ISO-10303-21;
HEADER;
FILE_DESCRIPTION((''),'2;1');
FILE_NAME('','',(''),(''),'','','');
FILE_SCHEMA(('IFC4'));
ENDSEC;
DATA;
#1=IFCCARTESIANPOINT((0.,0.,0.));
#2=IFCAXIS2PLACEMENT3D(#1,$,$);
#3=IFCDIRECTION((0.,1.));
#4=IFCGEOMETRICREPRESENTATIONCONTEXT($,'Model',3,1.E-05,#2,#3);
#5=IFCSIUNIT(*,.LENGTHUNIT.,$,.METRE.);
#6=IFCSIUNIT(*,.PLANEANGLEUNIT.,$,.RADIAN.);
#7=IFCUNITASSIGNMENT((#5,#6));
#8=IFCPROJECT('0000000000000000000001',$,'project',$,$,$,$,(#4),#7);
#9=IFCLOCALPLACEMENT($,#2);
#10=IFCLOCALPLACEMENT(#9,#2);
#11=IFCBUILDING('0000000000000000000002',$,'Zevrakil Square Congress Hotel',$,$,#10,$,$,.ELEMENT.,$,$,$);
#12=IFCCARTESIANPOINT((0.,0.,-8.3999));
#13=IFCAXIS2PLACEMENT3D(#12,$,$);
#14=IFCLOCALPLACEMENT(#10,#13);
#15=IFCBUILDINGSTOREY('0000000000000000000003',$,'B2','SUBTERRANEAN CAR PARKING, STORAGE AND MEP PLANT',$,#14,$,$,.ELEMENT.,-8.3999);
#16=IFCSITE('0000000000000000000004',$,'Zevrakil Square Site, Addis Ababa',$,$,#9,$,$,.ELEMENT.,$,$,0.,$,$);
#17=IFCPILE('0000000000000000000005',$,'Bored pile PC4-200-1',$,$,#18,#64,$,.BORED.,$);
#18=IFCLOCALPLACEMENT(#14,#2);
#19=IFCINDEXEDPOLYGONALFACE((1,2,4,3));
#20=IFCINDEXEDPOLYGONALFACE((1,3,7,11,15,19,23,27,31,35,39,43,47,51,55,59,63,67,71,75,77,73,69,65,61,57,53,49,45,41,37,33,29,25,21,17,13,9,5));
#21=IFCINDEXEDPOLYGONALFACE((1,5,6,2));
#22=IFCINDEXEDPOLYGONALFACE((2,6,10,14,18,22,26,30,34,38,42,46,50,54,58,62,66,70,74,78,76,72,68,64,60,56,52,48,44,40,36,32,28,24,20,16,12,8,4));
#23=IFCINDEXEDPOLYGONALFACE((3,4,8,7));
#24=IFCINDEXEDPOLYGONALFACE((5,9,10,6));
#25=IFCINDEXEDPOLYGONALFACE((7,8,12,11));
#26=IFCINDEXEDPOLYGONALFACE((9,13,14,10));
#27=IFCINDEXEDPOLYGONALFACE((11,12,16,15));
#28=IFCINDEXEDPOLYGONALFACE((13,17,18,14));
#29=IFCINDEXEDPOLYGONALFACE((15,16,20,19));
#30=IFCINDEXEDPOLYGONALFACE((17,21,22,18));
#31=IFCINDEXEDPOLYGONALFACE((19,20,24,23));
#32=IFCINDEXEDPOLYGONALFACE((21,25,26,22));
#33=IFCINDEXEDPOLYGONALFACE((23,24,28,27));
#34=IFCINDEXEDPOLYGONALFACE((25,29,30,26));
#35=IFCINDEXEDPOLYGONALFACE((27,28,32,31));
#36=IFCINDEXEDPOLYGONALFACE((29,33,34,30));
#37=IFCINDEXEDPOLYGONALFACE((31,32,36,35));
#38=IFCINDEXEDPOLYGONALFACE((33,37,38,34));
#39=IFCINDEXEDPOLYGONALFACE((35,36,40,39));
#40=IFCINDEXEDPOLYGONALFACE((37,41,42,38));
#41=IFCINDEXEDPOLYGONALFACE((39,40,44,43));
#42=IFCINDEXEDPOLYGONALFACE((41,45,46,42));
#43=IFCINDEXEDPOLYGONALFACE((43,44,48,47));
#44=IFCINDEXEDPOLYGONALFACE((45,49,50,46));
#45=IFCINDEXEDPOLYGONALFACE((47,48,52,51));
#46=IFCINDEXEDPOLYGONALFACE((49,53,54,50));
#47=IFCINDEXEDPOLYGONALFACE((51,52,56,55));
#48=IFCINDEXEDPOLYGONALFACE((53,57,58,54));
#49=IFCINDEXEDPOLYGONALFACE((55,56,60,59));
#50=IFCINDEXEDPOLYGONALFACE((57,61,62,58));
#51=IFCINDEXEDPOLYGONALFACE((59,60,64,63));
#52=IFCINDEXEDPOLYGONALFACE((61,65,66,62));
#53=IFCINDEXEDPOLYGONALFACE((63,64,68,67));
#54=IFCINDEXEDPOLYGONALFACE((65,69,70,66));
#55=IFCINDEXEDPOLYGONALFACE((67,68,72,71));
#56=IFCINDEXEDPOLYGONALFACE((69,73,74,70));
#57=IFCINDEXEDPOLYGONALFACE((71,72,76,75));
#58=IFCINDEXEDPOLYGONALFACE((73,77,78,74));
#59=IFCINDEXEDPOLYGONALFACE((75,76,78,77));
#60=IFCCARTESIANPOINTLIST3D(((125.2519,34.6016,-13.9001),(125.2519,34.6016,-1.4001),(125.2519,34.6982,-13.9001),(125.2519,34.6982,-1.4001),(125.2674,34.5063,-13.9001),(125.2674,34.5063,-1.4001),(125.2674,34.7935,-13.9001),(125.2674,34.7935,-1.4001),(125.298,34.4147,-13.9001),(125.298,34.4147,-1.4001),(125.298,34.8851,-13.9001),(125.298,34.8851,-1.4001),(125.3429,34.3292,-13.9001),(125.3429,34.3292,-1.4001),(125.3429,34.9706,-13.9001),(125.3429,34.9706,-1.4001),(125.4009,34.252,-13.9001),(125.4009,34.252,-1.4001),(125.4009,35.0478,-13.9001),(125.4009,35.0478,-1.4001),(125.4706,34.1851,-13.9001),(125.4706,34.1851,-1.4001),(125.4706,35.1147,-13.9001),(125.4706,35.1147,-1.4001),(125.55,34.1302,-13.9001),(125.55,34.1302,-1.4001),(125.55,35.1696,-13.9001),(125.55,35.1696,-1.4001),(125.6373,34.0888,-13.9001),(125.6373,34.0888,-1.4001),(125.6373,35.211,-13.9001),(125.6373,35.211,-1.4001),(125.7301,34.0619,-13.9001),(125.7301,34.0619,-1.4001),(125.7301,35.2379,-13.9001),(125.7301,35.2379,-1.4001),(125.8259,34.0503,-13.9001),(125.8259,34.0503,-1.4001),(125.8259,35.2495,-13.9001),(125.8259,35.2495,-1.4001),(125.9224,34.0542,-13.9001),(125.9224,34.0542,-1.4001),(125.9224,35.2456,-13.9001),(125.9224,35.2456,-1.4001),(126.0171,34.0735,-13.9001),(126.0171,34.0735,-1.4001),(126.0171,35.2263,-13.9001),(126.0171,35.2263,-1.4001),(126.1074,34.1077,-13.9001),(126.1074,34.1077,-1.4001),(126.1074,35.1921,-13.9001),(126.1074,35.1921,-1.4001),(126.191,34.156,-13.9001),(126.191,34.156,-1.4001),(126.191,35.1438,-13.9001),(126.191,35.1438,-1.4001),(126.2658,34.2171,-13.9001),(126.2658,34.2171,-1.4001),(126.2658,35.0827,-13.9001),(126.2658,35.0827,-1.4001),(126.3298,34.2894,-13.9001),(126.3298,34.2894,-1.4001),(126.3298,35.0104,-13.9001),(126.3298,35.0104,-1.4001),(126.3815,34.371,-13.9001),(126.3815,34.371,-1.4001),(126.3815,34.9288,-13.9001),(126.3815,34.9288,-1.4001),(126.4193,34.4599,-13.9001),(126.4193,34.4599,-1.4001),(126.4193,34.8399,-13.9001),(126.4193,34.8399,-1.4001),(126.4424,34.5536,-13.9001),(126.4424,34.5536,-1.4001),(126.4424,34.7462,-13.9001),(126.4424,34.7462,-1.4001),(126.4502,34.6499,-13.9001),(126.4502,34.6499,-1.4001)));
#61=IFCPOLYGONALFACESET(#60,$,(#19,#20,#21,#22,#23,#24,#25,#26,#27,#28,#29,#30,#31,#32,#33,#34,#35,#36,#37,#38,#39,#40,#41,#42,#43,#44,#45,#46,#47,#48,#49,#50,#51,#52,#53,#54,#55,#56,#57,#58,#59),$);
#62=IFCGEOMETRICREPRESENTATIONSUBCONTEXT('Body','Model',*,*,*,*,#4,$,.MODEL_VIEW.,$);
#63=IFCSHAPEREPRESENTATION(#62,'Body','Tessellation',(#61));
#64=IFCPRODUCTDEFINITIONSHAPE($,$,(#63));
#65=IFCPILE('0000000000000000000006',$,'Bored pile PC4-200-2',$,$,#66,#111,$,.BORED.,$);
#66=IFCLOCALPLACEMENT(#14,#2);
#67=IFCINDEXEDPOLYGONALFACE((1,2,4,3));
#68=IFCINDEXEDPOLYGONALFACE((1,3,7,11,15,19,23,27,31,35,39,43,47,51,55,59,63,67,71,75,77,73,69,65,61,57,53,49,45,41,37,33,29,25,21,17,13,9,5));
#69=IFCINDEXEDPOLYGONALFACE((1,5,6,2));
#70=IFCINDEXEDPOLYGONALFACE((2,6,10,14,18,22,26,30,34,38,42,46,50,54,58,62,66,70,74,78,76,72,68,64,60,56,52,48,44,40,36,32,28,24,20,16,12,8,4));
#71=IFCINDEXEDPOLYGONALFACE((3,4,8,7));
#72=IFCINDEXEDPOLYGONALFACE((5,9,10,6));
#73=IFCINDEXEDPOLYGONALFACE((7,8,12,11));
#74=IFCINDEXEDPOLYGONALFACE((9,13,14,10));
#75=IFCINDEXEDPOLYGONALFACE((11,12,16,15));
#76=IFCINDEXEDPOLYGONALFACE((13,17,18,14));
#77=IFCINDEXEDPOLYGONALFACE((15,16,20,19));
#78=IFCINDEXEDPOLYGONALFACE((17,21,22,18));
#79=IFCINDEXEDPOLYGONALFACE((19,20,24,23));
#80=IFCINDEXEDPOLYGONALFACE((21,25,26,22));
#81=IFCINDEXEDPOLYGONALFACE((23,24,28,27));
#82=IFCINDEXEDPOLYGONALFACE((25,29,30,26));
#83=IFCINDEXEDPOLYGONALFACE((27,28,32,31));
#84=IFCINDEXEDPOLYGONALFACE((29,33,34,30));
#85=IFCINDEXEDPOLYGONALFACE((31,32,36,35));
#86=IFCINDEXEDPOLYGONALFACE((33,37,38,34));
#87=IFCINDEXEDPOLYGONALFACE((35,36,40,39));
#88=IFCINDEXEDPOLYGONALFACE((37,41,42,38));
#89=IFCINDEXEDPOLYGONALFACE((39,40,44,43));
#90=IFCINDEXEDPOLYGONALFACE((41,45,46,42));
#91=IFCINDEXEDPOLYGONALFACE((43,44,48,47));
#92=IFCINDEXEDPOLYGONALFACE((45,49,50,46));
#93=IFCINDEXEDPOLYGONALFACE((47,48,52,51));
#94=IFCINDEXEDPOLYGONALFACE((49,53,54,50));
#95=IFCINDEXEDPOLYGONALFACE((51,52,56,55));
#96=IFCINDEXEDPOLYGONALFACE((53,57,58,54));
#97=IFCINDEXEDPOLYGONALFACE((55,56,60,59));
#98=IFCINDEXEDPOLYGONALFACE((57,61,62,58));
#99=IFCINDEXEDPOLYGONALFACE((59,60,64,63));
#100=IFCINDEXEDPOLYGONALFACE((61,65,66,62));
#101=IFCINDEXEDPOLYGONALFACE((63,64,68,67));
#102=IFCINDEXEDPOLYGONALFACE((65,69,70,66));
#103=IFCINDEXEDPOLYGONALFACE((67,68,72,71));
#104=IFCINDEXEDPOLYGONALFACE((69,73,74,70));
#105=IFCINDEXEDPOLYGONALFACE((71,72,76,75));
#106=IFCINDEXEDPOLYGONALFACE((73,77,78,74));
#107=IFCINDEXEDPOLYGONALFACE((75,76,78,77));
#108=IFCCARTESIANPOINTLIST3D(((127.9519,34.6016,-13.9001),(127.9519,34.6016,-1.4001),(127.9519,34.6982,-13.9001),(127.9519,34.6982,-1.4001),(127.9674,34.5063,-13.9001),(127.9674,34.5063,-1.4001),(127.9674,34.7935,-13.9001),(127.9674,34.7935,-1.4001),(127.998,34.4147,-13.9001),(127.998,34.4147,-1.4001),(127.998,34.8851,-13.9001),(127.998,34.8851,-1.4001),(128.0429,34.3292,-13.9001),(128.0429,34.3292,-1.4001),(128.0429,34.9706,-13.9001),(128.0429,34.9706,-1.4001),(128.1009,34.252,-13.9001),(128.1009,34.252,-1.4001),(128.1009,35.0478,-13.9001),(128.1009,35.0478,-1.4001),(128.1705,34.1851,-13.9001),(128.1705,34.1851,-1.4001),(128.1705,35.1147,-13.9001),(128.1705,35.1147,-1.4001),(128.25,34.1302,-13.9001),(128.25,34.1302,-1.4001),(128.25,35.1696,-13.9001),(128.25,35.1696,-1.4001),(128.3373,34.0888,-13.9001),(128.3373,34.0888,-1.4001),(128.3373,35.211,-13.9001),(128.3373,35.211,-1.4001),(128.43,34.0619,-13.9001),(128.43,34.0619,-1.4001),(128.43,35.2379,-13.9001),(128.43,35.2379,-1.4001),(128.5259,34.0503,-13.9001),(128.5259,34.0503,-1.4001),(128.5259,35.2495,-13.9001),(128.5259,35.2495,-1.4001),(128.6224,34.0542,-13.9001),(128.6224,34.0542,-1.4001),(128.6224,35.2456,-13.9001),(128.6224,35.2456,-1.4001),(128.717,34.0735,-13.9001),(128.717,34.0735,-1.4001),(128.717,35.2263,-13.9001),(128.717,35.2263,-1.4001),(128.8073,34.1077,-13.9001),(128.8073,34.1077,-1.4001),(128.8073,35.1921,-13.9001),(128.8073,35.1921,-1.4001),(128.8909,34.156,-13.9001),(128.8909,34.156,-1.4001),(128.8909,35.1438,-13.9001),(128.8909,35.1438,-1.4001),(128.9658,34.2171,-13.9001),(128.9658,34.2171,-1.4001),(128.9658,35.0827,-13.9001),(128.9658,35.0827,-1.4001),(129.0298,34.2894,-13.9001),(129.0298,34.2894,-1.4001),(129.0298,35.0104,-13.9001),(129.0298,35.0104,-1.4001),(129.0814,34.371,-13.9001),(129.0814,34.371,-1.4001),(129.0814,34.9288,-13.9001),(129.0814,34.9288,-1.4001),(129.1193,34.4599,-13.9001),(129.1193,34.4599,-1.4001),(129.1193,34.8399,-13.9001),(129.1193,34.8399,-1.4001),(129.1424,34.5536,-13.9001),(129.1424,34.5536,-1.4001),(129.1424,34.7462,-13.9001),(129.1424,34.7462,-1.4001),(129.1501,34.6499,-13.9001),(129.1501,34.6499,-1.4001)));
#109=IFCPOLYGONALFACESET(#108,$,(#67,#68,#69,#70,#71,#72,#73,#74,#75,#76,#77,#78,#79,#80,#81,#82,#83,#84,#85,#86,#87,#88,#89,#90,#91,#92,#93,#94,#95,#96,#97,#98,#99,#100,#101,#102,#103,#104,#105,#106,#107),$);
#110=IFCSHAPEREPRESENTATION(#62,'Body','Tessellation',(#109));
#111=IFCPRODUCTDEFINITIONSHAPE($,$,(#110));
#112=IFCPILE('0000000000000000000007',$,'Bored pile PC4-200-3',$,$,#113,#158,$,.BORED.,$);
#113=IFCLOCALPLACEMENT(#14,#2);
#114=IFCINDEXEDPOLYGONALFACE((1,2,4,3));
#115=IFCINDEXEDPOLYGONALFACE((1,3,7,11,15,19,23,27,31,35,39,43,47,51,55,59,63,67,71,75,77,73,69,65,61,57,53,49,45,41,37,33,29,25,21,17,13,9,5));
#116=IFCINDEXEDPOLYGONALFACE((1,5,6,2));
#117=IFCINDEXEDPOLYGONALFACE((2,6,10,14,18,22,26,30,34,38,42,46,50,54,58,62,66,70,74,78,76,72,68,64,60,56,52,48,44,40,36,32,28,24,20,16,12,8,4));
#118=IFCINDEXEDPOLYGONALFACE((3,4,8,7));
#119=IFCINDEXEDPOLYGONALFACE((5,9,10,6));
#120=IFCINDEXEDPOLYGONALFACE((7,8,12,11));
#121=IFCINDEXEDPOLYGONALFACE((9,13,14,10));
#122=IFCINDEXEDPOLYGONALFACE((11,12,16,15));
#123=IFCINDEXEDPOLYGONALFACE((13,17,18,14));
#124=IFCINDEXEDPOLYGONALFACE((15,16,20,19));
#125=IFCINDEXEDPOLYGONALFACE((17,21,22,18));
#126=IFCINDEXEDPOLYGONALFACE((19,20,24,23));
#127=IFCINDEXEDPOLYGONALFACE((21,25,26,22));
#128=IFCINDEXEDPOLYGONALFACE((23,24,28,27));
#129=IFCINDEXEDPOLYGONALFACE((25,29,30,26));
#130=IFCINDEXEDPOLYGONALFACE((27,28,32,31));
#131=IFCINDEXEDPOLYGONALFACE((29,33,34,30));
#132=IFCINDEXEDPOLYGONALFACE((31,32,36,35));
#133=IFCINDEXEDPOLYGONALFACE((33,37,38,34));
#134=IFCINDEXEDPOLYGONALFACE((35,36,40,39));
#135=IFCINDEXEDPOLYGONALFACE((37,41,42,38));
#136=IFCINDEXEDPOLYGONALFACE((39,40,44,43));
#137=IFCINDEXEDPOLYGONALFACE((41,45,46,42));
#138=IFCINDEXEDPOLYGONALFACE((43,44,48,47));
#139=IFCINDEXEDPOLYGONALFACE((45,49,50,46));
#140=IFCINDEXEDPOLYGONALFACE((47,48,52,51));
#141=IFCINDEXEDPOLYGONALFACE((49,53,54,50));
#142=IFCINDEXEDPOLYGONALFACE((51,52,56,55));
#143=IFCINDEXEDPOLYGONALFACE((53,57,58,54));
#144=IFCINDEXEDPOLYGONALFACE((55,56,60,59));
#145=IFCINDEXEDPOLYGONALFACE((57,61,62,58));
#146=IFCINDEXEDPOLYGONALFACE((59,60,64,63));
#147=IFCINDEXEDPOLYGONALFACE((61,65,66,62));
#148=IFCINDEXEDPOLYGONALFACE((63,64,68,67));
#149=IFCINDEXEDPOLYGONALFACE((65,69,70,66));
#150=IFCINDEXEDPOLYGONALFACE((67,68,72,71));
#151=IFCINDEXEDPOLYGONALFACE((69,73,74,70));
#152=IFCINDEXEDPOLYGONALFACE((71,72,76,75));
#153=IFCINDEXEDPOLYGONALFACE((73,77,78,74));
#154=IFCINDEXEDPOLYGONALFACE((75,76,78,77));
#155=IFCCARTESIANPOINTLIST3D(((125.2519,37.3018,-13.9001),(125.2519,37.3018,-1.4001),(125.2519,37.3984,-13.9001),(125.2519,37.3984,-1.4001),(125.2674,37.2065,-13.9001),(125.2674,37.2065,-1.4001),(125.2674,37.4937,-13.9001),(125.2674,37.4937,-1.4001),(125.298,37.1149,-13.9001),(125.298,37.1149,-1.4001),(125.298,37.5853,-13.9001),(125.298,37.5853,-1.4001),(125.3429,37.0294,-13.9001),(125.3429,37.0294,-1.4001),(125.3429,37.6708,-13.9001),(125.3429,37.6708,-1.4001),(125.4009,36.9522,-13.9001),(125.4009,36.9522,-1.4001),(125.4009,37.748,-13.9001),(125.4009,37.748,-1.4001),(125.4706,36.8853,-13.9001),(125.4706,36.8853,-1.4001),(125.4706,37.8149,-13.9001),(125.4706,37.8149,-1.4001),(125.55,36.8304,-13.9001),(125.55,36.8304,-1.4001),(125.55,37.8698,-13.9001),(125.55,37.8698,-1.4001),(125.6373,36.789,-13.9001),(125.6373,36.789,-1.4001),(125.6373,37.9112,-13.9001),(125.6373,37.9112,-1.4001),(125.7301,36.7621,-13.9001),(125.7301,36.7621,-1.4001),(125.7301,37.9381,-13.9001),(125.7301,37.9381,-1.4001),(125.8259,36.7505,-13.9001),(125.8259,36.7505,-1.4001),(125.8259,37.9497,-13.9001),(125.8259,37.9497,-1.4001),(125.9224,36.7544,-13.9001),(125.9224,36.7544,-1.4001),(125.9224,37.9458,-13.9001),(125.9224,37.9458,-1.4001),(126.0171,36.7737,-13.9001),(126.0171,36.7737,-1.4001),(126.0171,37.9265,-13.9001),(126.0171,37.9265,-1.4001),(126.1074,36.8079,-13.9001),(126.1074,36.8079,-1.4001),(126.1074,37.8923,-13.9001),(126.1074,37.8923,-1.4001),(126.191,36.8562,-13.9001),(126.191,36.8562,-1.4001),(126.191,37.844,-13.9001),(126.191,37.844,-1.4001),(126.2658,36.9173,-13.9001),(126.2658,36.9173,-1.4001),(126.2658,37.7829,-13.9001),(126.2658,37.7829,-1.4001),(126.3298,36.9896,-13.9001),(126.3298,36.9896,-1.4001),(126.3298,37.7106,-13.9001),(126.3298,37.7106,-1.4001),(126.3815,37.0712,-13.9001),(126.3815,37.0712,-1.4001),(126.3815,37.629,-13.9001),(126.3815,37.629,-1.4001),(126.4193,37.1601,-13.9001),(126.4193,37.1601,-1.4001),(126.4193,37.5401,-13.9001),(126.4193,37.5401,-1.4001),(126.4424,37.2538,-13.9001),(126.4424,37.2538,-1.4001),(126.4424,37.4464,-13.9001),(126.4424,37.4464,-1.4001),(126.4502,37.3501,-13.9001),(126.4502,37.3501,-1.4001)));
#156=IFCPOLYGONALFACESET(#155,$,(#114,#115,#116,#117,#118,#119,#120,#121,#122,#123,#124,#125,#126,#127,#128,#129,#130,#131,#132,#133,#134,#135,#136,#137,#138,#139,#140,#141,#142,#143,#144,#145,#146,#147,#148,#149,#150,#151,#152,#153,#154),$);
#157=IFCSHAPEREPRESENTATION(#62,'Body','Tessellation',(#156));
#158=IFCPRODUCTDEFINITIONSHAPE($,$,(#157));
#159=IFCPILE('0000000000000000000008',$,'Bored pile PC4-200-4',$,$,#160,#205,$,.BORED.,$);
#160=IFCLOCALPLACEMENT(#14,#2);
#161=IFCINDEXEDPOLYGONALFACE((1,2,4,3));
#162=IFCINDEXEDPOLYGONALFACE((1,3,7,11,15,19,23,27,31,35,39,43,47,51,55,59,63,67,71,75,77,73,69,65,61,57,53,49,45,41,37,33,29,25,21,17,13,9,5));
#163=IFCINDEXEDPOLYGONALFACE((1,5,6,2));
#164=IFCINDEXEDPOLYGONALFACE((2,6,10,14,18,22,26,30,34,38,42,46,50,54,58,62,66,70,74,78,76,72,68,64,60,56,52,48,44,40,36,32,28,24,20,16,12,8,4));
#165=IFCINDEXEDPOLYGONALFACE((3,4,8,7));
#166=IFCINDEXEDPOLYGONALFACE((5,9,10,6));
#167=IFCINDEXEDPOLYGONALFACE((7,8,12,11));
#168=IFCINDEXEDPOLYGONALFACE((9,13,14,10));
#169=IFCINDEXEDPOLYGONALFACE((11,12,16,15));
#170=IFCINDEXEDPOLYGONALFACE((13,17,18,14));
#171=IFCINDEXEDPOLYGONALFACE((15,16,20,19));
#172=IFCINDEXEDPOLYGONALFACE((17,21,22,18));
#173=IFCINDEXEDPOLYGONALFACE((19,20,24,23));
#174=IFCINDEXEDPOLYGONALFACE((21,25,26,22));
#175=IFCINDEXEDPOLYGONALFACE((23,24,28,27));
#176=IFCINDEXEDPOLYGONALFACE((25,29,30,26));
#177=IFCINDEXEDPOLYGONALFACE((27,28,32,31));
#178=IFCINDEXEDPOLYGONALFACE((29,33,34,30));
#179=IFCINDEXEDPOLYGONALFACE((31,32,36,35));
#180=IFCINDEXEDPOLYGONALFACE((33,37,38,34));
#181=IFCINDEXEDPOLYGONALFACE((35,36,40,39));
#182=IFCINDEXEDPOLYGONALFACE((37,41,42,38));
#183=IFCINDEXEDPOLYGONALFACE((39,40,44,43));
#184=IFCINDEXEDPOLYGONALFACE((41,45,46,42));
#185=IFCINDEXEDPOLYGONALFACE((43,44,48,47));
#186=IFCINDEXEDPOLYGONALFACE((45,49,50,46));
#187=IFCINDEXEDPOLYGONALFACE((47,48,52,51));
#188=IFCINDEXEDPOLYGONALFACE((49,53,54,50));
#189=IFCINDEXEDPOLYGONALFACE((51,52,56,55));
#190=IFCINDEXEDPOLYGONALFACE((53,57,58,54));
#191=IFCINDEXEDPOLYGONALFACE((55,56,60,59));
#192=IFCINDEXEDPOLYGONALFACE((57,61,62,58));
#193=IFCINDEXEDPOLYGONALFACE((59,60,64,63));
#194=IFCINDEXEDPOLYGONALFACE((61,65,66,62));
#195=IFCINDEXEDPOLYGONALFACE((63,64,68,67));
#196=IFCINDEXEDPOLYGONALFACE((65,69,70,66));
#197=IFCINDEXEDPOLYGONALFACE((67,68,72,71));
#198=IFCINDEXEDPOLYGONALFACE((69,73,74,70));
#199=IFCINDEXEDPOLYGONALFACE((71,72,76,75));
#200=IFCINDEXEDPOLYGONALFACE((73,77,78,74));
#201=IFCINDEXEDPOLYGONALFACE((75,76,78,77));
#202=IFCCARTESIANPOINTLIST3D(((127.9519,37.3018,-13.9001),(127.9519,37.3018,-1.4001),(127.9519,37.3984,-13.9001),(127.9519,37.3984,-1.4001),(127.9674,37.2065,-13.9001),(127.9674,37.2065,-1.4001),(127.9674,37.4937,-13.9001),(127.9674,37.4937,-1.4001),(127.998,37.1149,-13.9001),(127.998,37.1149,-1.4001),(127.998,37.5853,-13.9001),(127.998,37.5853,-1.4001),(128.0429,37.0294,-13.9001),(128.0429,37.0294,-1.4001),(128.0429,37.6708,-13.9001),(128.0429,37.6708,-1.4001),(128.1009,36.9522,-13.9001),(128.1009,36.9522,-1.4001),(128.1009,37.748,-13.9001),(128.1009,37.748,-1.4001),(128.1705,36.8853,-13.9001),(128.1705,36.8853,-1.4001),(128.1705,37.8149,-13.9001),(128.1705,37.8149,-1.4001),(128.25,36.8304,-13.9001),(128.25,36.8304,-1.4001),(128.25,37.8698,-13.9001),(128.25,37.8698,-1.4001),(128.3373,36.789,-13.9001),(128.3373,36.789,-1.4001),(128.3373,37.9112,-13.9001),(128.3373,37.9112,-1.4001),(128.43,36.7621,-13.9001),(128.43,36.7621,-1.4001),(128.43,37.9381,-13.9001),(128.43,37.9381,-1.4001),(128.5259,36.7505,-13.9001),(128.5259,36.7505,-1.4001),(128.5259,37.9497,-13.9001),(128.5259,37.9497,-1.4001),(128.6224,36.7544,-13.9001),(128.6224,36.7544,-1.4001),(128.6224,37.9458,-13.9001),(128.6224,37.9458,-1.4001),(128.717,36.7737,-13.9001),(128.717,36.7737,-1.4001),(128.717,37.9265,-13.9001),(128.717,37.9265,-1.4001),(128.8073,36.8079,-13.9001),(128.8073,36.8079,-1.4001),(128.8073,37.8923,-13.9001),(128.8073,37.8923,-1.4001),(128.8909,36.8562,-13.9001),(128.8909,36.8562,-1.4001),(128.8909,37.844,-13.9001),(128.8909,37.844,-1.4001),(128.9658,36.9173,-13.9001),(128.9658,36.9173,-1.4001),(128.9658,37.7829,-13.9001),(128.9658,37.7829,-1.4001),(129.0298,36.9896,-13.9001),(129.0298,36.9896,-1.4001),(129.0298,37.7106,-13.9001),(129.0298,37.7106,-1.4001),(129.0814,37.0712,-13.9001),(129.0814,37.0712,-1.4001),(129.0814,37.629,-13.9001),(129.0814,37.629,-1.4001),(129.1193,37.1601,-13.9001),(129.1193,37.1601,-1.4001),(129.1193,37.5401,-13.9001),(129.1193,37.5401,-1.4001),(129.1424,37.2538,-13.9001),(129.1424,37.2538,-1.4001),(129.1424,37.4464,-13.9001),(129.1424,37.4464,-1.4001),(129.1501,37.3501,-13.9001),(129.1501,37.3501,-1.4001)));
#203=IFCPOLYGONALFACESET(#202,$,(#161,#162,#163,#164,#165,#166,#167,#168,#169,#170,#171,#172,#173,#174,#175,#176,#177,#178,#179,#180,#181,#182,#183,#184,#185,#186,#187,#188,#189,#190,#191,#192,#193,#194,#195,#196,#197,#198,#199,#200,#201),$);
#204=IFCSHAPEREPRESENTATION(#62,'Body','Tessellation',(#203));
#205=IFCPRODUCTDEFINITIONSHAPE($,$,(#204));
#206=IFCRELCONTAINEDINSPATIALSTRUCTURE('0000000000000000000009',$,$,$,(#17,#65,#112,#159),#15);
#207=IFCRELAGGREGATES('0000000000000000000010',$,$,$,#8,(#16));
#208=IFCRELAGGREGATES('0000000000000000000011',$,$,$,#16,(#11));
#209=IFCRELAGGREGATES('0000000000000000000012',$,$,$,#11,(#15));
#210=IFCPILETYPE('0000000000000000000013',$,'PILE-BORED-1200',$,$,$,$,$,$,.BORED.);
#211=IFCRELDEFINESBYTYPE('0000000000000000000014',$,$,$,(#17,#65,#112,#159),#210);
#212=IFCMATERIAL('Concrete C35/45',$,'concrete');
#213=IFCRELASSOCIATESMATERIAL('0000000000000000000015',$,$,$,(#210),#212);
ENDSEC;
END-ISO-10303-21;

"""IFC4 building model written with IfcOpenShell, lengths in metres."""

from ifc_helpers import new_model, si_unit, direction, frame, origin, origin_2d, place, context, subcontext, project, spatial, circle, extrude, material, material_profile, profile_set, type_object, element, save


model = new_model("IFC4")

# Units and contexts
model_context = context("Model", 3, precision=1e-05, world=origin(), true_north=direction((0.0, 1.0)))
body_context = subcontext(model_context, "Body", "Model", "MODEL_VIEW")
ifc_project = project(units=[si_unit("LENGTHUNIT", "METRE"), si_unit("PLANEANGLEUNIT", "RADIAN")], contexts=[model_context])

# Site, building, storey
site_placement = place(None, origin())
site = spatial("IfcSite", under=ifc_project, at=site_placement, Name="Zevrakil Square Site, Addis Ababa", CompositionType="ELEMENT", RefElevation=0.0)
building_placement = place(site_placement, origin())
building = spatial("IfcBuilding", under=site, at=building_placement, Name="Zevrakil Square Congress Hotel", CompositionType="ELEMENT")
storey_placement = place(building_placement, frame((0.0, 0.0, -8.3999)))
storey = spatial("IfcBuildingStorey", under=building, at=storey_placement, Name="B2", Description="SUBTERRANEAN CAR PARKING, STORAGE AND MEP PLANT", CompositionType="ELEMENT", Elevation=-8.3999)

# Piles
ifc_material_1 = material(Name="Concrete C35/45", Category="concrete")
ifc_material_profile_1 = material_profile(ifc_material_1, circle(Radius=0.6001, at=origin_2d()), Name="PILE D1200")
ifc_profile_set_1 = profile_set([ifc_material_profile_1], Name="Concrete C35/45")
pile_type_1 = type_object("IfcPileType", Name="PILE-BORED-1200", PredefinedType="BORED", material=ifc_profile_set_1)
for number, where, z_axis, x_axis, name in (
    (1, (125.8501, 34.6499, -1.4001), (0.0, 0.0, -1.0), (1.0, 0.0, 0.0), "Bored pile PC4-200-1"),
    (2, (128.55, 34.6499, -1.4001), (0.0, 0.0, -1.0), (1.0, 0.0, 0.0), "Bored pile PC4-200-2"),
    (3, (125.8501, 37.3501, -1.4001), (0.0, 0.0, -1.0), (1.0, 0.0, 0.0), "Bored pile PC4-200-3"),
    (4, (128.55, 37.3501, -1.4001), (0.0, 0.0, -1.0), (1.0, 0.0, 0.0), "Bored pile PC4-200-4"),
):
    element("IfcPile", number, at=place(storey_placement, frame(where, z_axis=z_axis, x_axis=x_axis)), inside=storey, type_object=pile_type_1, Name=name, PredefinedType="BORED", context=body_context, shape_type="SweptSolid", body=[
        extrude(circle(Radius=0.6001, at=origin_2d()), origin(), (0.0, 0.0, 1.0), 12.5),
    ])

save(model, "model.ifc")
